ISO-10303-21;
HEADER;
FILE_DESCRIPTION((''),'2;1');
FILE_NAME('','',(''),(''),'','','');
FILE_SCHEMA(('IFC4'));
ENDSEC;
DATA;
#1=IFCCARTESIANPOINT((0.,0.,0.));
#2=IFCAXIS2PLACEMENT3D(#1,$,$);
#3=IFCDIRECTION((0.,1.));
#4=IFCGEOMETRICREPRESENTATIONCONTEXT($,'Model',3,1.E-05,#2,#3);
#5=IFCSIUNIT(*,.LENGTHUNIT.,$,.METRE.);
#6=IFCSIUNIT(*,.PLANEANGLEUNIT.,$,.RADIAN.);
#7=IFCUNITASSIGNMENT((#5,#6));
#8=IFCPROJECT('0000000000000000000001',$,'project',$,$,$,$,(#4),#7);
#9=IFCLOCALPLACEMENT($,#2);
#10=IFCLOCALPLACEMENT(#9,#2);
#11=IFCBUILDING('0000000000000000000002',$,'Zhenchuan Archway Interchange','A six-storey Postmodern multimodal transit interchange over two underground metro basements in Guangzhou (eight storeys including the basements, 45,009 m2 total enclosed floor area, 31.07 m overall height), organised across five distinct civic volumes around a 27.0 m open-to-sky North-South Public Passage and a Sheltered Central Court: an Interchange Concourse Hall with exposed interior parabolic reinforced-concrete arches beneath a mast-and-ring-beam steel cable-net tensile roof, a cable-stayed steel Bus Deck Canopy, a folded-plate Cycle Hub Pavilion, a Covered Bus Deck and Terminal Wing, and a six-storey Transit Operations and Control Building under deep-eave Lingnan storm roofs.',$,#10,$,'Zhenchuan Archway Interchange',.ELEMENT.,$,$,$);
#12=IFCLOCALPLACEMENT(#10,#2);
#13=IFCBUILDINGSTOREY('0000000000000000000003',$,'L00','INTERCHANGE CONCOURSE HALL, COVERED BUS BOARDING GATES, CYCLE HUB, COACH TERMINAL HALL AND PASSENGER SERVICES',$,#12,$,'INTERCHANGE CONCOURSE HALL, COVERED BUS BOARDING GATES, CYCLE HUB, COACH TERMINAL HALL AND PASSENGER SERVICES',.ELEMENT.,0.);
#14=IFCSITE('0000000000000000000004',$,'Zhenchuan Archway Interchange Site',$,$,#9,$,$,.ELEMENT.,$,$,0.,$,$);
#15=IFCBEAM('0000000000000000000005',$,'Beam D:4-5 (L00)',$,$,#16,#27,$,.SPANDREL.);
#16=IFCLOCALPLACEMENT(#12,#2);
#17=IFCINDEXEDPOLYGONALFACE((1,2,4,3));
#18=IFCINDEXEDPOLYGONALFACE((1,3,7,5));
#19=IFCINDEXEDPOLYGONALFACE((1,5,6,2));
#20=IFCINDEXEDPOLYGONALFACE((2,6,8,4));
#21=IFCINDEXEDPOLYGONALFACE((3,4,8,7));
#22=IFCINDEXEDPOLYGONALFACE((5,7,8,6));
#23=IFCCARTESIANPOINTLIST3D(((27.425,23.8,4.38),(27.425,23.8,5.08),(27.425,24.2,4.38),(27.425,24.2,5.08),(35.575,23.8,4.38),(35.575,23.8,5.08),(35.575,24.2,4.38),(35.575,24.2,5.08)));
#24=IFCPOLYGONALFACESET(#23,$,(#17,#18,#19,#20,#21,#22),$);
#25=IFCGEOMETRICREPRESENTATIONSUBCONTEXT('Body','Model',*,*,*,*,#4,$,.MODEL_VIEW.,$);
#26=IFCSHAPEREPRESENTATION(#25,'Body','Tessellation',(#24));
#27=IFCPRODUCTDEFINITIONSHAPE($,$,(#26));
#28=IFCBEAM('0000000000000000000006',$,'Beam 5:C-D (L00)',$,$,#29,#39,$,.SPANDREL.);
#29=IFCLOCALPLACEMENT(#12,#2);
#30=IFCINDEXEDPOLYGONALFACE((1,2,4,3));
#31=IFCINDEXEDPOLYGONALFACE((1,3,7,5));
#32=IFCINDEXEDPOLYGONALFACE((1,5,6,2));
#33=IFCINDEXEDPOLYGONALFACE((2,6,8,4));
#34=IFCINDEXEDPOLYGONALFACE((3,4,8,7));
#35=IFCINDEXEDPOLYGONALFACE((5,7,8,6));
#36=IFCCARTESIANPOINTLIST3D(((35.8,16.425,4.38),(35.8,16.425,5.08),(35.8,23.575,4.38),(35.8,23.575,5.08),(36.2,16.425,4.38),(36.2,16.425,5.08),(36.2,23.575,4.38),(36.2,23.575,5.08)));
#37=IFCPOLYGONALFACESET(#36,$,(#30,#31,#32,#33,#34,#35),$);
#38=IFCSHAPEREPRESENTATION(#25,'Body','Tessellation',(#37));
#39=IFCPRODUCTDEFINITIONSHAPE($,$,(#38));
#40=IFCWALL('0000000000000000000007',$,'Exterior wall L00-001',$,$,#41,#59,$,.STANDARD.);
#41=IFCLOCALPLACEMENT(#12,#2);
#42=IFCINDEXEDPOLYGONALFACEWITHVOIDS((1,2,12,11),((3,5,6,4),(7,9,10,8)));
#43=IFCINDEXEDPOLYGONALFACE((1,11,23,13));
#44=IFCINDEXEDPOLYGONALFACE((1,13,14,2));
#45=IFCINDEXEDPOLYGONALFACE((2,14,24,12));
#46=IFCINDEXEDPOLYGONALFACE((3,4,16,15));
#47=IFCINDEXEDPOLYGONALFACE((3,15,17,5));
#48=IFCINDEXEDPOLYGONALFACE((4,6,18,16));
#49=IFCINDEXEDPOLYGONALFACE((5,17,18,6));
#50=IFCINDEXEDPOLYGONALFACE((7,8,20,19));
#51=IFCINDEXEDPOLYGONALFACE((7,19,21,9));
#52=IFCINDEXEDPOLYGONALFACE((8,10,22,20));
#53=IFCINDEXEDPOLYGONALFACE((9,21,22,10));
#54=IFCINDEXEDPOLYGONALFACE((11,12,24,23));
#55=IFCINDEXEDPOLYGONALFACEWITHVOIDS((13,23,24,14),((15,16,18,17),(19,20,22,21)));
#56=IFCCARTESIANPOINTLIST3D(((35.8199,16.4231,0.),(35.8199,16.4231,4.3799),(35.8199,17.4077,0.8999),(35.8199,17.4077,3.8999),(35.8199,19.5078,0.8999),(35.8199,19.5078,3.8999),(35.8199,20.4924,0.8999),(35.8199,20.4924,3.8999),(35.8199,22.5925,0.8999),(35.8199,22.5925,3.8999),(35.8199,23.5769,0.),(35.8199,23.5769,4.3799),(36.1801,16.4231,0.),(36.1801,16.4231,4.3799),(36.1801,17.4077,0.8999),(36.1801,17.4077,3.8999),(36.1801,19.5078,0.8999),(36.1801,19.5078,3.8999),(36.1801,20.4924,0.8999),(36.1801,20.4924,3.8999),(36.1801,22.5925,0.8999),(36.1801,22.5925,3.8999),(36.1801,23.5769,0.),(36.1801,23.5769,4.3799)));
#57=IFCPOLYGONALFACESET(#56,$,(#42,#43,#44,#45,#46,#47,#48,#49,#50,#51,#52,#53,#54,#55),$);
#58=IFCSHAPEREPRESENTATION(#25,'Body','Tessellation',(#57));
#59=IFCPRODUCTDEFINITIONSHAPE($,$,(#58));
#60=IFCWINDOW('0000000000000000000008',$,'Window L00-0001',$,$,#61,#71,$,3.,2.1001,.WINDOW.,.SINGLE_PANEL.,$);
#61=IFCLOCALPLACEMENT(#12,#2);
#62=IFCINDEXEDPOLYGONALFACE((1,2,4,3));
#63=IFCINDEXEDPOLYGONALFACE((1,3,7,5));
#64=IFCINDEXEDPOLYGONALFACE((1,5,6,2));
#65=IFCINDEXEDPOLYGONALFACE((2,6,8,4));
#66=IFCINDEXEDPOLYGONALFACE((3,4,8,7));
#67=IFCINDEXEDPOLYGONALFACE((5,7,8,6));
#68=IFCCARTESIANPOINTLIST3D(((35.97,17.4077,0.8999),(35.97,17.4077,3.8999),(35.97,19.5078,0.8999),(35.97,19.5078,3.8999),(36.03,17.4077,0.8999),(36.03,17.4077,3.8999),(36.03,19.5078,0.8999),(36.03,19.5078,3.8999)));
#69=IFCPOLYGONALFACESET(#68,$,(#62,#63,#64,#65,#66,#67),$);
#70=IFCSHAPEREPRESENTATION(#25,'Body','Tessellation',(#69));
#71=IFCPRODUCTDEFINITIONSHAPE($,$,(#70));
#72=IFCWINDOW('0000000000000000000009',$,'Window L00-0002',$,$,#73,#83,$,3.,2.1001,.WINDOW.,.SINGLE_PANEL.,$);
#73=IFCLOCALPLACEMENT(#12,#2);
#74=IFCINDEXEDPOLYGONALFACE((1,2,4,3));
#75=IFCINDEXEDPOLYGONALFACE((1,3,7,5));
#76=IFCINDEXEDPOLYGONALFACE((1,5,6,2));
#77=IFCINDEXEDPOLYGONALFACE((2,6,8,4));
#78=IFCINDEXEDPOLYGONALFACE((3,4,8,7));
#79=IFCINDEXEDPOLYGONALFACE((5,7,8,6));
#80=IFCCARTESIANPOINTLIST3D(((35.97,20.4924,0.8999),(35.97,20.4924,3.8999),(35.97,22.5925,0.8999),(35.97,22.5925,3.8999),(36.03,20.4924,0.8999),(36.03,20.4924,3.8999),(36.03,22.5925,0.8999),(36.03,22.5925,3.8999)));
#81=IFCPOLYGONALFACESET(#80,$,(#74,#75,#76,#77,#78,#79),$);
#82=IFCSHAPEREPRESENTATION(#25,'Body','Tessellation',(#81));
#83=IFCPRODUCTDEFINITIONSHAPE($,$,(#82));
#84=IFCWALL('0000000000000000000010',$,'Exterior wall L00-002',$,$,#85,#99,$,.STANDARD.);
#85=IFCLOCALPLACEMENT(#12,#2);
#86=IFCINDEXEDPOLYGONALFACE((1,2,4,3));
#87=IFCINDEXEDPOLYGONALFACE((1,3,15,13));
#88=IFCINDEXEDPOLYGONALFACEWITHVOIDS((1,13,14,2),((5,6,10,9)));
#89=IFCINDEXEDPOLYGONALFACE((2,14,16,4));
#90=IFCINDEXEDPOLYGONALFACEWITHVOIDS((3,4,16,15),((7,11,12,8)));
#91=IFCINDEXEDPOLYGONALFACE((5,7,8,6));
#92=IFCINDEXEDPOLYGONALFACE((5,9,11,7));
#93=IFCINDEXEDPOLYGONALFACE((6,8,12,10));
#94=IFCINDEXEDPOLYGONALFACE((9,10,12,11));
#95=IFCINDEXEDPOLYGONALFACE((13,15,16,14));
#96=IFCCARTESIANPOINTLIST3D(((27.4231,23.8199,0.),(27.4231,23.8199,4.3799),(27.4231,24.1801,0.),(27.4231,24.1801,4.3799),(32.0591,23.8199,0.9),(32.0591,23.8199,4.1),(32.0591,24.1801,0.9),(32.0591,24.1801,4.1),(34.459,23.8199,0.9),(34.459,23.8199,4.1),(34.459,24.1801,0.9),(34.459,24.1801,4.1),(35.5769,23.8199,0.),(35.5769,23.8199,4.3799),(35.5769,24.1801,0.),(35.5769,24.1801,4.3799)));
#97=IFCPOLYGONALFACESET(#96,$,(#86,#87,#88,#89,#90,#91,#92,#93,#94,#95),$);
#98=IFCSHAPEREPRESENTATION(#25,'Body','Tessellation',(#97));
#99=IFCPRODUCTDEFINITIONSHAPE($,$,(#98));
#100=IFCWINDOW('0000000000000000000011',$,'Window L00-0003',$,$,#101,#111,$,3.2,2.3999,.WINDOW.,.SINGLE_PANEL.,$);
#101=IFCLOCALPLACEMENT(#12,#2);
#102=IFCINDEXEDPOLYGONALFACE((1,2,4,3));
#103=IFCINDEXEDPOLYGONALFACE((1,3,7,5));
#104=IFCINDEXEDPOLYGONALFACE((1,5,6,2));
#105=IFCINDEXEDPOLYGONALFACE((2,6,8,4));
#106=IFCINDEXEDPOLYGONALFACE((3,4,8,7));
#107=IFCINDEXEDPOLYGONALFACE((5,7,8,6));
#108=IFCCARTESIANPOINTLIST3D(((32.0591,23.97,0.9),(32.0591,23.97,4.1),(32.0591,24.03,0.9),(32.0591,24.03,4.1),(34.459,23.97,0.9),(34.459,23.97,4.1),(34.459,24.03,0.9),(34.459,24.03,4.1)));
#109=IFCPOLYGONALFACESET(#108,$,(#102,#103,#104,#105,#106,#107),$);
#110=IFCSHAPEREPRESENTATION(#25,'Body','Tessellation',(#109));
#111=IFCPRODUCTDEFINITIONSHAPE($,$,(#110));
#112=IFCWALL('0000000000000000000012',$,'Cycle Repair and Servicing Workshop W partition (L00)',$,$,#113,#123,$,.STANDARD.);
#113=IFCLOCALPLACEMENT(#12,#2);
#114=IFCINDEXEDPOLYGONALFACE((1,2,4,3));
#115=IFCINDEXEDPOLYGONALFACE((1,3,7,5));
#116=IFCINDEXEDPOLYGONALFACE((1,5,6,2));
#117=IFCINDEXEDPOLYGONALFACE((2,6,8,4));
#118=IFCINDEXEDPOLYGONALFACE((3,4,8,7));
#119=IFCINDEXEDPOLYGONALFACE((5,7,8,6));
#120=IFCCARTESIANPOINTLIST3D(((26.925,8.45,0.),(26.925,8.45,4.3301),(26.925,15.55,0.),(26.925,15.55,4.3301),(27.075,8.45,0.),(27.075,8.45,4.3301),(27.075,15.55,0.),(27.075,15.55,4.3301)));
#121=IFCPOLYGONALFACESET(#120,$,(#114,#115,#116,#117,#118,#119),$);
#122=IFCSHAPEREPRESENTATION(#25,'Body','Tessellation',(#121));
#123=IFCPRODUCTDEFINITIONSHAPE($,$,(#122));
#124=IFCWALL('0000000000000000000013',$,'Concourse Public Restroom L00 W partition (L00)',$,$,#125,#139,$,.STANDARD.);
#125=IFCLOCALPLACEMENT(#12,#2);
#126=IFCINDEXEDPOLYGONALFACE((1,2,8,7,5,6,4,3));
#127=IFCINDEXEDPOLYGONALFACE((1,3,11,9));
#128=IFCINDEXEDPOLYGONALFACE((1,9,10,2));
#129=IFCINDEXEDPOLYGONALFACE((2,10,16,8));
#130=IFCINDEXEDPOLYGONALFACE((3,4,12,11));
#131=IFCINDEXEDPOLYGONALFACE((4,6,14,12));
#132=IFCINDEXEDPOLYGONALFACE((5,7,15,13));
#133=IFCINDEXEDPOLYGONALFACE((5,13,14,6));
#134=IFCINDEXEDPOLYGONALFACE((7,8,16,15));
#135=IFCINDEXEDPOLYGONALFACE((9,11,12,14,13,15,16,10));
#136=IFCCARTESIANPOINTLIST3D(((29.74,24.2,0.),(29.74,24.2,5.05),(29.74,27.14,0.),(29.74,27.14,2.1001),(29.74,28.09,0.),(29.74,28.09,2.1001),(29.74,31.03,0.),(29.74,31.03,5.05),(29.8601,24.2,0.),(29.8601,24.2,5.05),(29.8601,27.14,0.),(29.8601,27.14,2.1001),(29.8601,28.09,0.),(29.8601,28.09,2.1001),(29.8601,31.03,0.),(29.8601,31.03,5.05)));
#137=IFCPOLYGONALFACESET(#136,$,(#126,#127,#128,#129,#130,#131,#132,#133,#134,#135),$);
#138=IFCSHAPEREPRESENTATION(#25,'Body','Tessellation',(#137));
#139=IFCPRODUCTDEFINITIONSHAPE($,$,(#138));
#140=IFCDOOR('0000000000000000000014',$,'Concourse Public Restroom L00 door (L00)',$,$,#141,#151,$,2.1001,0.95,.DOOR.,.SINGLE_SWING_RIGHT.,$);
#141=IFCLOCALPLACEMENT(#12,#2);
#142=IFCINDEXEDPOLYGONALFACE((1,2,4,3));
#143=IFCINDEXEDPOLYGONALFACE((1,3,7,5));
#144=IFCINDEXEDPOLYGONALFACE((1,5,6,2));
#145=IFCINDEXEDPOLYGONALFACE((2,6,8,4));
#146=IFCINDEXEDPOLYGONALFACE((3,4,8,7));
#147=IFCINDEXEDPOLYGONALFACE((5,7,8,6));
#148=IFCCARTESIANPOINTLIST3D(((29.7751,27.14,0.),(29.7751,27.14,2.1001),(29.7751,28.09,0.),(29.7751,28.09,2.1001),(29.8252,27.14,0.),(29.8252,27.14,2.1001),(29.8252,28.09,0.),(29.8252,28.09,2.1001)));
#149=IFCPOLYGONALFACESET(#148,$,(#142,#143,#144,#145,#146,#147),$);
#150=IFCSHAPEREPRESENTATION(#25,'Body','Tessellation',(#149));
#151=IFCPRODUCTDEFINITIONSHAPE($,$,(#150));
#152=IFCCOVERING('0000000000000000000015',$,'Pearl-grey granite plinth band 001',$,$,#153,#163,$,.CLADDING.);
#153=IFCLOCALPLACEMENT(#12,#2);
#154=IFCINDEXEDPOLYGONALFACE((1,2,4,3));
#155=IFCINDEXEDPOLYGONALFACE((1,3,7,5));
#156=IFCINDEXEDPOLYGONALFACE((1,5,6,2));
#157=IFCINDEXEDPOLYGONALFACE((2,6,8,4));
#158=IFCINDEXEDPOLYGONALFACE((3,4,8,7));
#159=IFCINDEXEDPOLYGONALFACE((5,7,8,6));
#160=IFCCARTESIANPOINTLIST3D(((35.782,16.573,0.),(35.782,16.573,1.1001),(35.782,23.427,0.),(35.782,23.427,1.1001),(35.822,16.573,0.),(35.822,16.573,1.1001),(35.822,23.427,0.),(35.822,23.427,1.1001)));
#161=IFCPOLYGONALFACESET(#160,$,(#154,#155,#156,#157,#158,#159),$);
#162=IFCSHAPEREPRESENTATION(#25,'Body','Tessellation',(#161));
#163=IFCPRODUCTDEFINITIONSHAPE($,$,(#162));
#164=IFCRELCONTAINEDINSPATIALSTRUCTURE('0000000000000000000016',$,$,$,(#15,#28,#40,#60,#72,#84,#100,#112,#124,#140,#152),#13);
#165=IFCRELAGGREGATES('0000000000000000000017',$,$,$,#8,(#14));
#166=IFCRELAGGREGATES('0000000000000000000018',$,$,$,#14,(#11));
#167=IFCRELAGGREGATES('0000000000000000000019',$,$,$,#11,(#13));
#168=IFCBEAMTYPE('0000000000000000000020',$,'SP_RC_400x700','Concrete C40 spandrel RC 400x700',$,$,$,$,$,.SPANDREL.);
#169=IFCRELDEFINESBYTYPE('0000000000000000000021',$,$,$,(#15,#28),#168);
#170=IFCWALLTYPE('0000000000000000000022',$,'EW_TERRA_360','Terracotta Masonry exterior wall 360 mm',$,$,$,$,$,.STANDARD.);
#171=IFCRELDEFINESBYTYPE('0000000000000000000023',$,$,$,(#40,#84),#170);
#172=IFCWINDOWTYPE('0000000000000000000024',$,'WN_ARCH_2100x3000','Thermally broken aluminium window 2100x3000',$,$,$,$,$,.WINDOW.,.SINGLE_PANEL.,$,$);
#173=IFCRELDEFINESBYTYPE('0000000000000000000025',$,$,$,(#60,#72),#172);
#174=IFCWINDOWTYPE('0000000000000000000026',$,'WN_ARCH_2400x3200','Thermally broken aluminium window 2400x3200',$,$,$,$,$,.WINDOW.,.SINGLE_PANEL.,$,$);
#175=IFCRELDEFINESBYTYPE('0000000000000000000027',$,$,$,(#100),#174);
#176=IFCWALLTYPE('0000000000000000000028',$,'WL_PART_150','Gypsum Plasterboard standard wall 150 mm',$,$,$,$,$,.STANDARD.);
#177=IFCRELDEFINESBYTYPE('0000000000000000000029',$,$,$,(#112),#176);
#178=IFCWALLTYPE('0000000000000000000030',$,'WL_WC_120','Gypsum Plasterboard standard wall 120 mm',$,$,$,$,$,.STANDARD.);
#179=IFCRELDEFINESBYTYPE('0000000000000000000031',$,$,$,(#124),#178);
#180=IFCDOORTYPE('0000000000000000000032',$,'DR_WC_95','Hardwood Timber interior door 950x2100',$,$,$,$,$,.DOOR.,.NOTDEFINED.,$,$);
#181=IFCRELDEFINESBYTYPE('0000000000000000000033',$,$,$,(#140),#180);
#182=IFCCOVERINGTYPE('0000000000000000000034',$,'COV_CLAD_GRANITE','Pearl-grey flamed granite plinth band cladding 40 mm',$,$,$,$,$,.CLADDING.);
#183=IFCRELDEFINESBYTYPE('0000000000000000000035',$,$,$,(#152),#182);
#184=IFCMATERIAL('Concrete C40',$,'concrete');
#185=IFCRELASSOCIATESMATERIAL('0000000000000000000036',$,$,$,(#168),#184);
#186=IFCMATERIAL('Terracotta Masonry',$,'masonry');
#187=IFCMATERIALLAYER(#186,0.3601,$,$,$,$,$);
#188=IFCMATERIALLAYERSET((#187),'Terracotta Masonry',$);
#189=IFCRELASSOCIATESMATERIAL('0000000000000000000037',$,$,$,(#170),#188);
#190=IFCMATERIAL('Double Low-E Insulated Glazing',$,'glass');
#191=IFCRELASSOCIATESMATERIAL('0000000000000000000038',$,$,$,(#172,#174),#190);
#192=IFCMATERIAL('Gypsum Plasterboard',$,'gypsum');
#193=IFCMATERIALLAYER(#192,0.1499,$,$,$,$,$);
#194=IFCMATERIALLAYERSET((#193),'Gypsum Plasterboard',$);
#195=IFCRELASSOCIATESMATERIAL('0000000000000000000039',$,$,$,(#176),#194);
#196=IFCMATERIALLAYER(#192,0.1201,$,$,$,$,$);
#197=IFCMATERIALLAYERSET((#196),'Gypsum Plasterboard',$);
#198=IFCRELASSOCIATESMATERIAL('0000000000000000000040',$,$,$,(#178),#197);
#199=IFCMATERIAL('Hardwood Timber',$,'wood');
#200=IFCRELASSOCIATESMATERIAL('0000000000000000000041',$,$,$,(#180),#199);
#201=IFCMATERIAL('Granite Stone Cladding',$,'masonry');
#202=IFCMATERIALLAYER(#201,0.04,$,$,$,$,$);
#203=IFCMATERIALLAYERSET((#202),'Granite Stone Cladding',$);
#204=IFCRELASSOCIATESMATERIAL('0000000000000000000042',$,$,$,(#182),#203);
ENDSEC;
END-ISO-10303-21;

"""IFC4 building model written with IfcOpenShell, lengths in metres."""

from ifc_helpers import new_model, si_unit, direction, frame, frame_2d, origin, origin_2d, place, context, subcontext, project, spatial, rectangle, extrude, material, layer, layer_set, material_profile, profile_set, type_object, element, fill, save


model = new_model("IFC4")

# Units and contexts
model_context = context("Model", 3, precision=1e-05, world=origin(), true_north=direction((0.0, 1.0)))
body_context = subcontext(model_context, "Body", "Model", "MODEL_VIEW")
ifc_project = project(units=[si_unit("LENGTHUNIT", "METRE"), si_unit("PLANEANGLEUNIT", "RADIAN")], contexts=[model_context])

# Site, building, storey
site_placement = place(None, origin())
site = spatial("IfcSite", under=ifc_project, at=site_placement, Name="Zhenchuan Archway Interchange Site", CompositionType="ELEMENT", RefElevation=0.0)
building_placement = place(site_placement, origin())
building = spatial("IfcBuilding", under=site, at=building_placement, Name="Zhenchuan Archway Interchange", Description="A six-storey Postmodern multimodal transit interchange over two underground metro basements in Guangzhou (eight storeys including the basements, 45,009 m2 total enclosed floor area, 31.07 m overall height), organised across five distinct civic volumes around a 27.0 m open-to-sky North-South Public Passage and a Sheltered Central Court: an Interchange Concourse Hall with exposed interior parabolic reinforced-concrete arches beneath a mast-and-ring-beam steel cable-net tensile roof, a cable-stayed steel Bus Deck Canopy, a folded-plate Cycle Hub Pavilion, a Covered Bus Deck and Terminal Wing, and a six-storey Transit Operations and Control Building under deep-eave Lingnan storm roofs.", LongName="Zhenchuan Archway Interchange", CompositionType="ELEMENT")
storey_placement = place(building_placement, origin())
storey = spatial("IfcBuildingStorey", under=building, at=storey_placement, Name="L00", Description="INTERCHANGE CONCOURSE HALL, COVERED BUS BOARDING GATES, CYCLE HUB, COACH TERMINAL HALL AND PASSENGER SERVICES", LongName="INTERCHANGE CONCOURSE HALL, COVERED BUS BOARDING GATES, CYCLE HUB, COACH TERMINAL HALL AND PASSENGER SERVICES", CompositionType="ELEMENT", Elevation=0.0)

# Shared definitions
ifc_material_1 = material(Name="Concrete C40", Category="concrete")

# Beams
ifc_material_profile_1 = material_profile(ifc_material_1, rectangle(XDim=0.3999, YDim=0.7, at=origin_2d()), Name="RC 400x700")
ifc_profile_set_1 = profile_set([ifc_material_profile_1], Name="Concrete C40")
beam_type_1 = type_object("IfcBeamType", Name="SP_RC_400x700", Description="Concrete C40 spandrel RC 400x700", PredefinedType="SPANDREL", material=ifc_profile_set_1)
for number, where, z_axis, x_axis, name in (
    (1, (27.425, 24.0, 4.73), (1.0, 0.0, 0.0), (0.0, 1.0, 0.0), "Beam D:4-5 (L00)"),
):
    element("IfcBeam", number, at=place(storey_placement, frame(where, z_axis=z_axis, x_axis=x_axis)), inside=storey, type_object=beam_type_1, Name=name, PredefinedType="SPANDREL", context=body_context, shape_type="SweptSolid", body=[
        extrude(rectangle(XDim=0.3999, YDim=0.7, at=origin_2d()), origin(), (0.0, 0.0, 1.0), 8.1499),
    ])
beam_1_placement = place(storey_placement, frame((36.0, 16.425, 4.73), z_axis=(0.0, 1.0, 0.0), x_axis=(-1.0, 0.0, 0.0)))
element("IfcBeam", 2, at=beam_1_placement, inside=storey, type_object=beam_type_1, Name="Beam 5:C-D (L00)", PredefinedType="SPANDREL", context=body_context, shape_type="SweptSolid", body=[
    extrude(rectangle(XDim=0.3999, YDim=0.7, at=origin_2d()), origin(), (0.0, 0.0, 1.0), 7.1499),
])

# Shared definitions
ifc_material_2 = material(Name="Granite Stone Cladding", Category="masonry")

# Wall, openings, windows
ifc_material_3 = material(Name="Terracotta Masonry", Category="masonry")
ifc_layer_1 = layer(ifc_material_3, 0.3601)
ifc_layer_set_1 = layer_set([ifc_layer_1], Name="Terracotta Masonry")
wall_type_1 = type_object("IfcWallType", Name="EW_TERRA_360", Description="Terracotta Masonry exterior wall 360 mm", PredefinedType="STANDARD", material=ifc_layer_set_1)
wall_1_placement = place(storey_placement, frame((36.0, 16.4231, 0.0), z_axis=(0.0, 0.0, 1.0), x_axis=(0.0, 1.0, 0.0)))
wall_1 = element("IfcWall", 3, at=wall_1_placement, inside=storey, type_object=wall_type_1, Name="Exterior wall L00-001", PredefinedType="STANDARD", context=body_context, shape_type="SweptSolid", body=[
    extrude(rectangle(XDim=7.1538, YDim=0.3601, at=frame_2d((3.5769, 0.0))), origin(), (0.0, 0.0, 1.0), 4.3799),
])
opening_1_placement = place(wall_1_placement, frame((0.9846, 0.0, 0.8999)))
opening_1 = element("IfcOpeningElement", 4, at=opening_1_placement, cuts=wall_1, PredefinedType="OPENING", context=body_context, shape_type="SweptSolid", body=[
    extrude(rectangle(XDim=2.1001, YDim=3.0, at=frame_2d((1.05, 1.5))), frame((0.0, 0.1919, 0.0), z_axis=(0.0, -1.0, 0.0), x_axis=(1.0, 0.0, 0.0)), (0.0, 0.0, 1.0), 0.384),
])
opening_2_placement = place(wall_1_placement, frame((4.0693, 0.0, 0.8999)))
opening_2 = element("IfcOpeningElement", 5, at=opening_2_placement, cuts=wall_1, PredefinedType="OPENING", context=body_context, shape_type="SweptSolid", body=[
    extrude(rectangle(XDim=2.1001, YDim=3.0, at=frame_2d((1.05, 1.5))), frame((0.0, 0.1919, 0.0), z_axis=(0.0, -1.0, 0.0), x_axis=(1.0, 0.0, 0.0)), (0.0, 0.0, 1.0), 0.384),
])
ifc_material_4 = material(Name="Double Low-E Insulated Glazing", Category="glass")
window_type_1 = type_object("IfcWindowType", Name="WN_ARCH_2100x3000", Description="Thermally broken aluminium window 2100x3000", PartitioningType="SINGLE_PANEL", PredefinedType="WINDOW", material=ifc_material_4)
window_1_placement = place(opening_1_placement, origin())
window_1 = element("IfcWindow", 6, at=window_1_placement, inside=storey, type_object=window_type_1, Name="Window L00-0001", OverallHeight=3.0, OverallWidth=2.1001, PartitioningType="SINGLE_PANEL", PredefinedType="WINDOW", context=body_context, shape_type="SweptSolid", body=[
    extrude(rectangle(XDim=2.1001, YDim=3.0, at=frame_2d((1.05, 1.5))), frame((0.0, 0.03, 0.0), z_axis=(0.0, -1.0, 0.0), x_axis=(1.0, 0.0, 0.0)), (0.0, 0.0, 1.0), 0.0601),
])
fill(opening_1, window_1)
window_2_placement = place(opening_2_placement, origin())
window_2 = element("IfcWindow", 7, at=window_2_placement, inside=storey, type_object=window_type_1, Name="Window L00-0002", OverallHeight=3.0, OverallWidth=2.1001, PartitioningType="SINGLE_PANEL", PredefinedType="WINDOW", context=body_context, shape_type="SweptSolid", body=[
    extrude(rectangle(XDim=2.1001, YDim=3.0, at=frame_2d((1.05, 1.5))), frame((0.0, 0.03, 0.0), z_axis=(0.0, -1.0, 0.0), x_axis=(1.0, 0.0, 0.0)), (0.0, 0.0, 1.0), 0.0601),
])
fill(opening_2, window_2)

# Wall, opening, window
wall_2_placement = place(storey_placement, frame((35.5769, 24.0, 0.0), z_axis=(0.0, 0.0, 1.0), x_axis=(-1.0, 0.0, 0.0)))
wall_2 = element("IfcWall", 8, at=wall_2_placement, inside=storey, type_object=wall_type_1, Name="Exterior wall L00-002", PredefinedType="STANDARD", context=body_context, shape_type="SweptSolid", body=[
    extrude(rectangle(XDim=8.1538, YDim=0.3601, at=frame_2d((4.0769, 0.0))), origin(), (0.0, 0.0, 1.0), 4.3799),
])
opening_3_placement = place(wall_2_placement, frame((1.1179, 0.0, 0.8999)))
opening_3 = element("IfcOpeningElement", 9, at=opening_3_placement, cuts=wall_2, PredefinedType="OPENING", context=body_context, shape_type="SweptSolid", body=[
    extrude(rectangle(XDim=2.3999, YDim=3.2, at=frame_2d((1.2, 1.6001))), frame((0.0, 0.1919, 0.0), z_axis=(0.0, -1.0, 0.0), x_axis=(1.0, 0.0, 0.0)), (0.0, 0.0, 1.0), 0.384),
])
window_type_2 = type_object("IfcWindowType", Name="WN_ARCH_2400x3200", Description="Thermally broken aluminium window 2400x3200", PartitioningType="SINGLE_PANEL", PredefinedType="WINDOW", material=ifc_material_4)
window_3_placement = place(opening_3_placement, origin())
window_3 = element("IfcWindow", 10, at=window_3_placement, inside=storey, type_object=window_type_2, Name="Window L00-0003", OverallHeight=3.2, OverallWidth=2.3999, PartitioningType="SINGLE_PANEL", PredefinedType="WINDOW", context=body_context, shape_type="SweptSolid", body=[
    extrude(rectangle(XDim=2.3999, YDim=3.2, at=frame_2d((1.2, 1.6001))), frame((0.0, 0.03, 0.0), z_axis=(0.0, -1.0, 0.0), x_axis=(1.0, 0.0, 0.0)), (0.0, 0.0, 1.0), 0.0601),
])
fill(opening_3, window_3)

# Wall
ifc_material_5 = material(Name="Gypsum Plasterboard", Category="gypsum")
ifc_layer_2 = layer(ifc_material_5, 0.1499)
ifc_layer_set_2 = layer_set([ifc_layer_2], Name="Gypsum Plasterboard")
wall_type_2 = type_object("IfcWallType", Name="WL_PART_150", Description="Gypsum Plasterboard standard wall 150 mm", PredefinedType="STANDARD", material=ifc_layer_set_2)
wall_3_placement = place(storey_placement, frame((27.0, 8.45, 0.0), z_axis=(0.0, 0.0, 1.0), x_axis=(0.0, 1.0, 0.0)))
element("IfcWall", 11, at=wall_3_placement, inside=storey, type_object=wall_type_2, Name="Cycle Repair and Servicing Workshop W partition (L00)", PredefinedType="STANDARD", context=body_context, shape_type="SweptSolid", body=[
    extrude(rectangle(XDim=7.1001, YDim=0.1499, at=frame_2d((3.55, 0.0))), origin(), (0.0, 0.0, 1.0), 4.3301),
])

# Wall, opening, door
ifc_layer_3 = layer(ifc_material_5, 0.1201)
ifc_layer_set_3 = layer_set([ifc_layer_3], Name="Gypsum Plasterboard")
wall_type_3 = type_object("IfcWallType", Name="WL_WC_120", Description="Gypsum Plasterboard standard wall 120 mm", PredefinedType="STANDARD", material=ifc_layer_set_3)
wall_4_placement = place(storey_placement, frame((29.8, 24.2, 0.0), z_axis=(0.0, 0.0, 1.0), x_axis=(0.0, 1.0, 0.0)))
wall_4 = element("IfcWall", 12, at=wall_4_placement, inside=storey, type_object=wall_type_3, Name="Concourse Public Restroom L00 W partition (L00)", PredefinedType="STANDARD", context=body_context, shape_type="SweptSolid", body=[
    extrude(rectangle(XDim=6.8301, YDim=0.1201, at=frame_2d((3.415, 0.0))), origin(), (0.0, 0.0, 1.0), 5.05),
])
opening_4_placement = place(wall_4_placement, frame((2.9399, 0.0, 0.0)))
opening_4 = element("IfcOpeningElement", 13, at=opening_4_placement, cuts=wall_4, PredefinedType="OPENING", context=body_context, shape_type="SweptSolid", body=[
    extrude(rectangle(XDim=0.95, YDim=2.1001, at=frame_2d((0.4751, 1.05))), frame((0.0, 0.072, 0.0), z_axis=(0.0, -1.0, 0.0), x_axis=(1.0, 0.0, 0.0)), (0.0, 0.0, 1.0), 0.144),
])
ifc_material_6 = material(Name="Hardwood Timber", Category="wood")
door_type_1 = type_object("IfcDoorType", Name="DR_WC_95", Description="Hardwood Timber interior door 950x2100", OperationType="NOTDEFINED", PredefinedType="DOOR", material=ifc_material_6)
door_1_placement = place(opening_4_placement, origin())
door_1 = element("IfcDoor", 14, at=door_1_placement, inside=storey, type_object=door_type_1, Name="Concourse Public Restroom L00 door (L00)", OperationType="SINGLE_SWING_RIGHT", OverallHeight=2.1001, OverallWidth=0.95, PredefinedType="DOOR", context=body_context, shape_type="SweptSolid", body=[
    extrude(rectangle(XDim=0.95, YDim=2.1001, at=frame_2d((0.4751, 1.05))), frame((0.0, 0.0249, 0.0), z_axis=(0.0, -1.0, 0.0), x_axis=(1.0, 0.0, 0.0)), (0.0, 0.0, 1.0), 0.05),
])
fill(opening_4, door_1)

# Covering
ifc_layer_4 = layer(ifc_material_2, 0.04)
ifc_layer_set_4 = layer_set([ifc_layer_4], Name="Granite Stone Cladding")
covering_type = type_object("IfcCoveringType", Name="COV_CLAD_GRANITE", Description="Pearl-grey flamed granite plinth band cladding 40 mm", PredefinedType="CLADDING", material=ifc_layer_set_4)
covering_1_placement = place(storey_placement, frame((35.802, 20.0, 0.0), z_axis=(0.0, 0.0, 1.0), x_axis=(0.0, 1.0, 0.0)))
element("IfcCovering", 15, at=covering_1_placement, inside=storey, type_object=covering_type, Name="Pearl-grey granite plinth band 001", PredefinedType="CLADDING", context=body_context, shape_type="SweptSolid", body=[
    extrude(rectangle(XDim=6.854, YDim=0.04, at=origin_2d()), origin(), (0.0, 0.0, 1.0), 1.1001),
])

save(model, "model.ifc")
